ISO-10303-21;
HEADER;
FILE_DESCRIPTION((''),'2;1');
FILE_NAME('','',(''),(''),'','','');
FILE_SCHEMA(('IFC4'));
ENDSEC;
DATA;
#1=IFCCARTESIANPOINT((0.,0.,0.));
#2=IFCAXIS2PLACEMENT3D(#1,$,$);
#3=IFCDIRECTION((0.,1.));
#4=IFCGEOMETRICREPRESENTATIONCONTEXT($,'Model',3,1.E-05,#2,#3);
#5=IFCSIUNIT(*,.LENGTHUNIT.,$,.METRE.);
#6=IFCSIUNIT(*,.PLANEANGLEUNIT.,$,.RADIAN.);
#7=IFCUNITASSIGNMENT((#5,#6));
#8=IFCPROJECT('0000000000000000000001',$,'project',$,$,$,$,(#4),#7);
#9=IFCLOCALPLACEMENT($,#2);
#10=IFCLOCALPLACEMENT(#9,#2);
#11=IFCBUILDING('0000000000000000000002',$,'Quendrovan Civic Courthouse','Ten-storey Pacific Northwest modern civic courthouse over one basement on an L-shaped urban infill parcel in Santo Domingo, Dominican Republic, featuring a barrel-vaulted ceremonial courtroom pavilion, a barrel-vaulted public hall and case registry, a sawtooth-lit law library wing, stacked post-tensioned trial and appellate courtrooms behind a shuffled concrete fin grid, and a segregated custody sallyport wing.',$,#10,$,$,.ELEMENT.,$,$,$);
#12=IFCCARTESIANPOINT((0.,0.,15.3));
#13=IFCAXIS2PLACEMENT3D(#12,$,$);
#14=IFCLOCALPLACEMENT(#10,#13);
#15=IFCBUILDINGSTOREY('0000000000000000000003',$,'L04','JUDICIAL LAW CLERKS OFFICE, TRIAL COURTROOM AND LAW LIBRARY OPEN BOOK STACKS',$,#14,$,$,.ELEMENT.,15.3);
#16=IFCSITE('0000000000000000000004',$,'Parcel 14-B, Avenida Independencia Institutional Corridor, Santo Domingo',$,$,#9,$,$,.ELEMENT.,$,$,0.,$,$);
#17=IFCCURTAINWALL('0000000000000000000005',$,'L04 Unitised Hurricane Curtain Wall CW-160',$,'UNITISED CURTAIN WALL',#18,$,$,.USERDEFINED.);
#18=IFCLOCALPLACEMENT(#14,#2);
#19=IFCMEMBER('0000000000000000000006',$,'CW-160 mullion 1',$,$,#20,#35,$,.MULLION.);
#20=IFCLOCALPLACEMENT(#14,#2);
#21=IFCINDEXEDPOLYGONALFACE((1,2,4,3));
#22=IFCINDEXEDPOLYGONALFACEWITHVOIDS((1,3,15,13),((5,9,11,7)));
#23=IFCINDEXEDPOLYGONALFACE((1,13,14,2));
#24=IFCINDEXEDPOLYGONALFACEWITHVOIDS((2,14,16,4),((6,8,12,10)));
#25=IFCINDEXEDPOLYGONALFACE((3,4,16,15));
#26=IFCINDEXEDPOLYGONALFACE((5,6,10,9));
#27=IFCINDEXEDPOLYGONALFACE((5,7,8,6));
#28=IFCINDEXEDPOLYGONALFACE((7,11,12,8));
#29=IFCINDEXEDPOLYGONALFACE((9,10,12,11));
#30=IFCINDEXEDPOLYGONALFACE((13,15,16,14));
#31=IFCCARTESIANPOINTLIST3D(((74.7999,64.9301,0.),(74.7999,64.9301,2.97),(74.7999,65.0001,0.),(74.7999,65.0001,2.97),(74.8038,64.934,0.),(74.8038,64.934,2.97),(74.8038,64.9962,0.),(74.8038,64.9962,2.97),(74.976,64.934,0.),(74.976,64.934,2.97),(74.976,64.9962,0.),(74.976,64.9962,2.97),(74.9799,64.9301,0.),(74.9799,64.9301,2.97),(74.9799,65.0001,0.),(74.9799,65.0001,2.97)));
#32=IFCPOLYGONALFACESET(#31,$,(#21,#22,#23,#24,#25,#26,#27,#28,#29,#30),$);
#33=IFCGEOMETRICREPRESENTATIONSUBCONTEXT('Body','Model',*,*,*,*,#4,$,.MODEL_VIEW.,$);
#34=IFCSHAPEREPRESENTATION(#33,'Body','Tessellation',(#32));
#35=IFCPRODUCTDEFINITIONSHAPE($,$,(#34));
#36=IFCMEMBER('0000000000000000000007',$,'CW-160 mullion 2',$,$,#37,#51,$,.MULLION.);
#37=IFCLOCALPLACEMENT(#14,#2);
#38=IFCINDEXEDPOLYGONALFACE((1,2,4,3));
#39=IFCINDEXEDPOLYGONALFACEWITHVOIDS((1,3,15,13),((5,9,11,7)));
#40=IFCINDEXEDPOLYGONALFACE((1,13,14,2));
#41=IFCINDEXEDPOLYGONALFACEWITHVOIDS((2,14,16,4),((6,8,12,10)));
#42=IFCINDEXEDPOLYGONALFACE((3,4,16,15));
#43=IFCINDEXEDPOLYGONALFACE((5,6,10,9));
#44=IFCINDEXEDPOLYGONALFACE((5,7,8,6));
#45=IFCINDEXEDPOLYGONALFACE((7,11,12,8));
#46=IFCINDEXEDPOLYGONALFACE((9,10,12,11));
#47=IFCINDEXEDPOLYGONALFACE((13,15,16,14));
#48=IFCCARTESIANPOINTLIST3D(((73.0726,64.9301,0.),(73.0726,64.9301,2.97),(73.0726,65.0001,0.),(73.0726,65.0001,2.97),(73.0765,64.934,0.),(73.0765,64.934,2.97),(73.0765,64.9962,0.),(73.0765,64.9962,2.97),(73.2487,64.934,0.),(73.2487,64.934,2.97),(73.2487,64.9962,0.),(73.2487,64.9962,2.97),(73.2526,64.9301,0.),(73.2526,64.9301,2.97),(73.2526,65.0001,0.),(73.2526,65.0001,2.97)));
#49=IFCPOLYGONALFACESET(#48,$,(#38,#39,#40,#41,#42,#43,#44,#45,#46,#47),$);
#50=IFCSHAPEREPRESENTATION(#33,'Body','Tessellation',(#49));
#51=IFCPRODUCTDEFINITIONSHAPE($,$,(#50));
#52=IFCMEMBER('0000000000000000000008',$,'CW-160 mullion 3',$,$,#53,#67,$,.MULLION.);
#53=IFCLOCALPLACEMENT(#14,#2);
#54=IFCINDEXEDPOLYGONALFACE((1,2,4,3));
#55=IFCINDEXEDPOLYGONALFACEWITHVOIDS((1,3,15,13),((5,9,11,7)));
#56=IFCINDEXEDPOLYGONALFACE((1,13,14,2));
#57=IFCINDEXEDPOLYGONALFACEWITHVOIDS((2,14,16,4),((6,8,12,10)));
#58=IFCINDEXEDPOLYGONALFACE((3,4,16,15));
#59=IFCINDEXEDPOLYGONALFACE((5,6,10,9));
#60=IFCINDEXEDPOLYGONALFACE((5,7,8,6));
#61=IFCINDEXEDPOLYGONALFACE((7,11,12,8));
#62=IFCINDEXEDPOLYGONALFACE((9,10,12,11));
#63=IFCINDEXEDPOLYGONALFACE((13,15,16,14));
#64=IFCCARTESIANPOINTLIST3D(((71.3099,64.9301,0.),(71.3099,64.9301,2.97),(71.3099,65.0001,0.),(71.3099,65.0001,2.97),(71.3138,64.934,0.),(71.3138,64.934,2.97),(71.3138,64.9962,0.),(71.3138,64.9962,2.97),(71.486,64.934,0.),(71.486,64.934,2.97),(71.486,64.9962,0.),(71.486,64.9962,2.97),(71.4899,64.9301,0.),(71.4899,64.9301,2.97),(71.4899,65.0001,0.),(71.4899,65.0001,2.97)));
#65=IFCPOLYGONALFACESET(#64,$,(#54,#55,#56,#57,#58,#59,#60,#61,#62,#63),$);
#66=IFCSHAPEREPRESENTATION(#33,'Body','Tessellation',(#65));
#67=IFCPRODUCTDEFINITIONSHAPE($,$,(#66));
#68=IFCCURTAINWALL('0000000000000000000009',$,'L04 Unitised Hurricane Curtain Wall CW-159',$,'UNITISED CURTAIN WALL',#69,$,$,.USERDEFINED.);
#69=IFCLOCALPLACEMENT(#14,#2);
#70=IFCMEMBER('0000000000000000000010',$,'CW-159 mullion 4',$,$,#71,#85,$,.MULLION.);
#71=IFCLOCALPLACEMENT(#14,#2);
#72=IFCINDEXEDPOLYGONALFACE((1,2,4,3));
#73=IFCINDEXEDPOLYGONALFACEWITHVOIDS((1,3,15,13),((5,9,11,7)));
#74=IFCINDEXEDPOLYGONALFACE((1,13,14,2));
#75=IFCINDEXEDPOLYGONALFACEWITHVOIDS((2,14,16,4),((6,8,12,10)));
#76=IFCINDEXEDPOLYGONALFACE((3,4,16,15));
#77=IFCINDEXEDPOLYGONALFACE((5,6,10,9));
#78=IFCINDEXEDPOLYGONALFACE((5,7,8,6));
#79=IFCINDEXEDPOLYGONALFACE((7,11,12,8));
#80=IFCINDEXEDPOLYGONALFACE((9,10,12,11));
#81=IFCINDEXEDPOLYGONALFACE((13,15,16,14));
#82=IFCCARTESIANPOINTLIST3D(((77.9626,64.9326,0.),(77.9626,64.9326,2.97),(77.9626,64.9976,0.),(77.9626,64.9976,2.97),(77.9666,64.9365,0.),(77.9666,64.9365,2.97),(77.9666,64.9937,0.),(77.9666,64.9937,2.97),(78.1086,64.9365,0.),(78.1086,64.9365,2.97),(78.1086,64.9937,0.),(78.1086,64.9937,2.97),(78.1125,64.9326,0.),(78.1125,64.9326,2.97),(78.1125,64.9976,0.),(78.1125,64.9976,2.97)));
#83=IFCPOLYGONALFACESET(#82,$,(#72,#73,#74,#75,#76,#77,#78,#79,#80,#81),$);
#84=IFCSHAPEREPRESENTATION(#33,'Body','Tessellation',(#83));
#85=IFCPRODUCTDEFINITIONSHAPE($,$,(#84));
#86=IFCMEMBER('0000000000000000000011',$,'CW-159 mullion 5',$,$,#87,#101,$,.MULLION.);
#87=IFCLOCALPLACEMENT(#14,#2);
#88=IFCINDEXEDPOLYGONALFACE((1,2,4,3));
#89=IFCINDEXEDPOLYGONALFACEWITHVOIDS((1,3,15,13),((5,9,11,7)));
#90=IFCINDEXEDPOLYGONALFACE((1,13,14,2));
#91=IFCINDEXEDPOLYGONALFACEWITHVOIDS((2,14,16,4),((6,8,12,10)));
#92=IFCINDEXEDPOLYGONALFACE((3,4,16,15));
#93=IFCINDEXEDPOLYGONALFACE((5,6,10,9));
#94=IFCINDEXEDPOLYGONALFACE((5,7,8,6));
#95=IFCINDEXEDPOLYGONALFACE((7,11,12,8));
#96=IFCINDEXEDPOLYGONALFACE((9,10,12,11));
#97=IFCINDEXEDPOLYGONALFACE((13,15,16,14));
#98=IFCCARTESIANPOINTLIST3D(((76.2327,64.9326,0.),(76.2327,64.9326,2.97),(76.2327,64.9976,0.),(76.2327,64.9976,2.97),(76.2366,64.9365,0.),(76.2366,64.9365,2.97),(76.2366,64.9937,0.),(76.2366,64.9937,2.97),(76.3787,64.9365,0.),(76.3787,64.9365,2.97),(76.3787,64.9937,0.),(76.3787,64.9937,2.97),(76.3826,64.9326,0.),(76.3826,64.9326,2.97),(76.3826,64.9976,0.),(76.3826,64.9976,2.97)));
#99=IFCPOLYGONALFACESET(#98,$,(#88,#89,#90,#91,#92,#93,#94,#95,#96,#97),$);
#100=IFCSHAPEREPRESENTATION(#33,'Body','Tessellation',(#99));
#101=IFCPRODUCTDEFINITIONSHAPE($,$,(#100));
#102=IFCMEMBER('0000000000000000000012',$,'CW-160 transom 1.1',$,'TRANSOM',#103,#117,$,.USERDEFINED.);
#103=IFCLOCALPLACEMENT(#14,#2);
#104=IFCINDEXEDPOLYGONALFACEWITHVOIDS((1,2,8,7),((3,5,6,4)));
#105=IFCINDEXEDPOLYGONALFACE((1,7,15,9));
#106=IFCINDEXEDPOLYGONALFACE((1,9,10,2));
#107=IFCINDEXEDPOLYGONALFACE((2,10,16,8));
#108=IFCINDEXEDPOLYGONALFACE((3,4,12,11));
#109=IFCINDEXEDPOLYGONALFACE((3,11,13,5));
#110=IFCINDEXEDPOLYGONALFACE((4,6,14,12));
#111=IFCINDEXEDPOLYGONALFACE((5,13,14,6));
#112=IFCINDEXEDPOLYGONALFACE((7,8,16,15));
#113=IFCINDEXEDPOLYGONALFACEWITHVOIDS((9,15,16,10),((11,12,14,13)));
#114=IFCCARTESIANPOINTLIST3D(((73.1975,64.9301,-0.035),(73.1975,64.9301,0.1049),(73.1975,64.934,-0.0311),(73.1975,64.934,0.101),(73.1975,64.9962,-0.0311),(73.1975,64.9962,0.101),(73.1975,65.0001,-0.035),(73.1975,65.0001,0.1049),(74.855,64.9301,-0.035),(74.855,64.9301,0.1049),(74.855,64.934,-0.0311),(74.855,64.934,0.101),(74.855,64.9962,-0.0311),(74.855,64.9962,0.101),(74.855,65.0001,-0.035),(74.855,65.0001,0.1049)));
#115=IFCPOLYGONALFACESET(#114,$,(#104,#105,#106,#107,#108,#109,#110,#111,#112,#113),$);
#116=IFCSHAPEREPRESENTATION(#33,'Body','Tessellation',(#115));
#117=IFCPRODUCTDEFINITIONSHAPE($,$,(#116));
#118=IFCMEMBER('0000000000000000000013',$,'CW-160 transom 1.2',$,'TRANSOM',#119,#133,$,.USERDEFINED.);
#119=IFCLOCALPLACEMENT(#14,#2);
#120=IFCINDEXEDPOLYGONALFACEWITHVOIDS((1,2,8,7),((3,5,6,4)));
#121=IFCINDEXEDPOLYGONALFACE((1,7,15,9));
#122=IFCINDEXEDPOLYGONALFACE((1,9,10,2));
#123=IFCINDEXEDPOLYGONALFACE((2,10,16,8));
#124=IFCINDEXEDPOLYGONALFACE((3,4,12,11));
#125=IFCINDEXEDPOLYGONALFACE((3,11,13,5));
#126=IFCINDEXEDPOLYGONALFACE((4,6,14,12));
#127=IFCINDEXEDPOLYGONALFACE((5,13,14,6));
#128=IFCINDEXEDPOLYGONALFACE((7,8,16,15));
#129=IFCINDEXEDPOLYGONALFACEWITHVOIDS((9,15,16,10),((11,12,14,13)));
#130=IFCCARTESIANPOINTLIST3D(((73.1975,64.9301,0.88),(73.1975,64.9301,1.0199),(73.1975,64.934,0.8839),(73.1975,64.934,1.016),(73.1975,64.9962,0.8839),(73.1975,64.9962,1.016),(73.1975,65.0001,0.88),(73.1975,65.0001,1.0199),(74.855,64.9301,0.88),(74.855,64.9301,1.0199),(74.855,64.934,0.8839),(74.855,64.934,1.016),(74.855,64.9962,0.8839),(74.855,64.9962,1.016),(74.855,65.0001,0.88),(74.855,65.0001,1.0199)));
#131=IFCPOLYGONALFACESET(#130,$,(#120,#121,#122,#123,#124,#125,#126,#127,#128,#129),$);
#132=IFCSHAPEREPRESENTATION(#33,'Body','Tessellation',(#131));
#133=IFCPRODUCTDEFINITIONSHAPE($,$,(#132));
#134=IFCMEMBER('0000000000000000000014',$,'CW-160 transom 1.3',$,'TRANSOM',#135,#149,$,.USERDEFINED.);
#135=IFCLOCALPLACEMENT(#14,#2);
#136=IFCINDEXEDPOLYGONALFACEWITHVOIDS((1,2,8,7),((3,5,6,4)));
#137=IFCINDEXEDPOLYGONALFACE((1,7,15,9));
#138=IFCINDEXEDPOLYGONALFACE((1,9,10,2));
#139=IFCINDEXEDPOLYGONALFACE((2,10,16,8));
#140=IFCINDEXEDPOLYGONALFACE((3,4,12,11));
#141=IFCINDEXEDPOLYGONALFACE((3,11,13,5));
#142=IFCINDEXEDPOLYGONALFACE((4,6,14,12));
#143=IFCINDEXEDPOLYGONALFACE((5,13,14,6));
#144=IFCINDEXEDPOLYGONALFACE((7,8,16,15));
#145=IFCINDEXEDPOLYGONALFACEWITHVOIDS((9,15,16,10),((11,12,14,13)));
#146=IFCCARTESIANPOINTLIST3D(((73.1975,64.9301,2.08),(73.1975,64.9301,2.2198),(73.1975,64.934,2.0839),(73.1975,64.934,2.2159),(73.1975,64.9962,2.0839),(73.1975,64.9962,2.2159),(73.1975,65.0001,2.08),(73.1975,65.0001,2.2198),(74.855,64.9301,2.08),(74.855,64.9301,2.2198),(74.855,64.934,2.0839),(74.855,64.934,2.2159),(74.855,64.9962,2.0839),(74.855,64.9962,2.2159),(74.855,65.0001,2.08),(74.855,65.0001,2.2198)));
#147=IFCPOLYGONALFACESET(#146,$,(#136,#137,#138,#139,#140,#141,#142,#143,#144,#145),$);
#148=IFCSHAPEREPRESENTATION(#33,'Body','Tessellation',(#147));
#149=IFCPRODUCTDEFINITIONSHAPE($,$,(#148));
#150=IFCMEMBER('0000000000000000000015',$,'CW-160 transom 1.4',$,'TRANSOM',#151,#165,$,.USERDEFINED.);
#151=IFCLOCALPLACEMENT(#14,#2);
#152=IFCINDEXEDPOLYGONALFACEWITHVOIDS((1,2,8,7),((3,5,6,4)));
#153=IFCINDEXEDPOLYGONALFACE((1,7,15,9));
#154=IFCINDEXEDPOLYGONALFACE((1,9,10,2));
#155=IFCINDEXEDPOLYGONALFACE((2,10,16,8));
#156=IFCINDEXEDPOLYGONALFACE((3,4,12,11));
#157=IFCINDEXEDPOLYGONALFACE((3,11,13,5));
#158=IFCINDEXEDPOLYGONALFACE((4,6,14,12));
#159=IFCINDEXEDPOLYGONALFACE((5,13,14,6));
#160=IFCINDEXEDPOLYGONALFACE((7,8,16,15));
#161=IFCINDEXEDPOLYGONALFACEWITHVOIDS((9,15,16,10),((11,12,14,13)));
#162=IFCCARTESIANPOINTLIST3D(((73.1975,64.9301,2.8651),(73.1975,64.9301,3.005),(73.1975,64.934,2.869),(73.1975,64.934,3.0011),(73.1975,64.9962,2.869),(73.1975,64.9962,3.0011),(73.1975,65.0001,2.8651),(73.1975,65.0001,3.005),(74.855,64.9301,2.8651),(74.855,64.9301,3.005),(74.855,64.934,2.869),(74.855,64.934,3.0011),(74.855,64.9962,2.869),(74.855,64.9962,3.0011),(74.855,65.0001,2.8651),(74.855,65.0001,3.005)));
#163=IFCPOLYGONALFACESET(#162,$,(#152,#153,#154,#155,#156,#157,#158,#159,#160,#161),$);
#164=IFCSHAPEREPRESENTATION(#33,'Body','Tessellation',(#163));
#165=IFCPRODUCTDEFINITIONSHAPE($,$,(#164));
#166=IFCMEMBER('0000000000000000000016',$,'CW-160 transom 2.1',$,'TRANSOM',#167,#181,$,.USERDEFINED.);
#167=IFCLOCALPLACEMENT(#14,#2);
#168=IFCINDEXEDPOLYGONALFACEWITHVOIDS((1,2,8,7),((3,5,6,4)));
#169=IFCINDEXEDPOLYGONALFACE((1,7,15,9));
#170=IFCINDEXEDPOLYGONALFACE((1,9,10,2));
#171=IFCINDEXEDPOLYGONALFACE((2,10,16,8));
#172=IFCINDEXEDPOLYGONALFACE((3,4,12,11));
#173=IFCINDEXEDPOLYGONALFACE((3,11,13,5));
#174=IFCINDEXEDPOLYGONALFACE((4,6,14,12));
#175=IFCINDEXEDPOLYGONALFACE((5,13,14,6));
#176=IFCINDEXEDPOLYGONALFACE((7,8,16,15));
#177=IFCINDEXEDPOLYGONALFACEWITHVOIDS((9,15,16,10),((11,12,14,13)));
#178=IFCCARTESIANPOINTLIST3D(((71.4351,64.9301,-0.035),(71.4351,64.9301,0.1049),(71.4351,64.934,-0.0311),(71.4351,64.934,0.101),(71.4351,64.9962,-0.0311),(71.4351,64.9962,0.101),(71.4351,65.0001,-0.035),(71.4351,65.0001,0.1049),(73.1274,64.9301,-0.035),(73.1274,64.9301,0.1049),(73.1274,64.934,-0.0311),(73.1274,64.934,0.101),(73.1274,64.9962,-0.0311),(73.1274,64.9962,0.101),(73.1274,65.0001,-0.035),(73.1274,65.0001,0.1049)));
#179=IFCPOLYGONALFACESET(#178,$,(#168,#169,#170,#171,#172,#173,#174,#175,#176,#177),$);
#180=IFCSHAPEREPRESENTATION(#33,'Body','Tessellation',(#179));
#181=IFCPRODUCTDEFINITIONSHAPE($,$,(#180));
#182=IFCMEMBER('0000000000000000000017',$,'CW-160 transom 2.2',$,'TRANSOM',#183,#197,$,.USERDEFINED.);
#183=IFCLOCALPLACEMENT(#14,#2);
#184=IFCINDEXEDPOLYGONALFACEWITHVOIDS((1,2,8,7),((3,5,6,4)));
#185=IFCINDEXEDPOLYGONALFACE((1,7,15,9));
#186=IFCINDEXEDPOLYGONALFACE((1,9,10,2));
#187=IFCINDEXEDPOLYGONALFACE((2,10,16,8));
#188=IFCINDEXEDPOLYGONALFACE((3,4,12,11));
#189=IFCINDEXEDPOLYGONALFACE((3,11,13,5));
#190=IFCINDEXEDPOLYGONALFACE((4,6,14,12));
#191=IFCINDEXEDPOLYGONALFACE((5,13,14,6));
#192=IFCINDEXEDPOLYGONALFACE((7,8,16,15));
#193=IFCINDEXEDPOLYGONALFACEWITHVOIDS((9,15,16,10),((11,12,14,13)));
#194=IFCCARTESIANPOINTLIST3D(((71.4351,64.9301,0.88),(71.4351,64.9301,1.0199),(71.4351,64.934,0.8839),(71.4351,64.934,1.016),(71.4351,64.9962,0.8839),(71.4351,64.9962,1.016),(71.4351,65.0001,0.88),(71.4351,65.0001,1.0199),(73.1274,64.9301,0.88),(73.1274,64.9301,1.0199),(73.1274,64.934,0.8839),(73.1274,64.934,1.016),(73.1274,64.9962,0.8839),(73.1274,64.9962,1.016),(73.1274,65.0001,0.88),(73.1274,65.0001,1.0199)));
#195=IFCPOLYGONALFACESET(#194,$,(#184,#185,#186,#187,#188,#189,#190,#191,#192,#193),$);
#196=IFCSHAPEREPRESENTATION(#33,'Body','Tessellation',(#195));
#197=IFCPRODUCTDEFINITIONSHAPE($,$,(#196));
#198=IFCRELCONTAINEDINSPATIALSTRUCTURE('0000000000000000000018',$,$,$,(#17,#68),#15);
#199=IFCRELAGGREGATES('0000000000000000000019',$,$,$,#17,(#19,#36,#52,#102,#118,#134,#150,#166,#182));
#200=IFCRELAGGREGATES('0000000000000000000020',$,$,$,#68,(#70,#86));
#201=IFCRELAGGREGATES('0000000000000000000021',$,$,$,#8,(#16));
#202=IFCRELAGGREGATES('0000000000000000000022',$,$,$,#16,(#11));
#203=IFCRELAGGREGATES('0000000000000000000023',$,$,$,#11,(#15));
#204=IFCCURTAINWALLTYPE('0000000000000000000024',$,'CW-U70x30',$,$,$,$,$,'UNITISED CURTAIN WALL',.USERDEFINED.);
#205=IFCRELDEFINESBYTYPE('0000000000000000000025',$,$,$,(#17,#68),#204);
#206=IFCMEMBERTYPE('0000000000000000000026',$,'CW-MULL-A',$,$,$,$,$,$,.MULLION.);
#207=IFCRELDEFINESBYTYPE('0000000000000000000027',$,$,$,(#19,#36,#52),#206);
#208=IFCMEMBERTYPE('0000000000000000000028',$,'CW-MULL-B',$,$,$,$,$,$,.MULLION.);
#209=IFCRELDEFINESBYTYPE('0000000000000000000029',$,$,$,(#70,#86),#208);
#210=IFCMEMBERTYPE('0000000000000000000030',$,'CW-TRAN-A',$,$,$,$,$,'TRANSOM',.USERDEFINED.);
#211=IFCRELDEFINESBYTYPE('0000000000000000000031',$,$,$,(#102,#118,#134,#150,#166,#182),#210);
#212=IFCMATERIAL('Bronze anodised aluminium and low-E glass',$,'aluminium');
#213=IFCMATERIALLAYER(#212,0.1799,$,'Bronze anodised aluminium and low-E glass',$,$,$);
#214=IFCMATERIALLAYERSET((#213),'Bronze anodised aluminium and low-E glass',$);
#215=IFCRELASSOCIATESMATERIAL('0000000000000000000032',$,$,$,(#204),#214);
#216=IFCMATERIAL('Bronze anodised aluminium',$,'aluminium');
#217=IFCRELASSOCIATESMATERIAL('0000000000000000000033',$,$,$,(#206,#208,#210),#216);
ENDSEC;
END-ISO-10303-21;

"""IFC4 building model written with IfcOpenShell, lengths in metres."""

from ifc_helpers import new_model, si_unit, direction, frame, origin, origin_2d, place, context, subcontext, project, spatial, hollow_rectangle, extrude, material, layer, layer_set, material_profile, profile_set, type_object, element, aggregate, save


model = new_model("IFC4")

# Units and contexts
model_context = context("Model", 3, precision=1e-05, world=origin(), true_north=direction((0.0, 1.0)))
body_context = subcontext(model_context, "Body", "Model", "MODEL_VIEW")
ifc_project = project(units=[si_unit("LENGTHUNIT", "METRE"), si_unit("PLANEANGLEUNIT", "RADIAN")], contexts=[model_context])

# Site, building, storey
site_placement = place(None, origin())
site = spatial("IfcSite", under=ifc_project, at=site_placement, Name="Parcel 14-B, Avenida Independencia Institutional Corridor, Santo Domingo", CompositionType="ELEMENT", RefElevation=0.0)
building_placement = place(site_placement, origin())
building = spatial("IfcBuilding", under=site, at=building_placement, Name="Quendrovan Civic Courthouse", Description="Ten-storey Pacific Northwest modern civic courthouse over one basement on an L-shaped urban infill parcel in Santo Domingo, Dominican Republic, featuring a barrel-vaulted ceremonial courtroom pavilion, a barrel-vaulted public hall and case registry, a sawtooth-lit law library wing, stacked post-tensioned trial and appellate courtrooms behind a shuffled concrete fin grid, and a segregated custody sallyport wing.", CompositionType="ELEMENT")
storey_placement = place(building_placement, frame((0.0, 0.0, 15.3)))
storey = spatial("IfcBuildingStorey", under=building, at=storey_placement, Name="L04", Description="JUDICIAL LAW CLERKS OFFICE, TRIAL COURTROOM AND LAW LIBRARY OPEN BOOK STACKS", CompositionType="ELEMENT", Elevation=15.3)

# Curtain walls, members
ifc_material_1 = material(Name="Bronze anodised aluminium and low-E glass", Category="aluminium")
ifc_layer_1 = layer(ifc_material_1, 0.1799, Name="Bronze anodised aluminium and low-E glass")
ifc_layer_set_1 = layer_set([ifc_layer_1], Name="Bronze anodised aluminium and low-E glass")
curtain_wall_type = type_object("IfcCurtainWallType", Name="CW-U70x30", ElementType="UNITISED CURTAIN WALL", PredefinedType="USERDEFINED", material=ifc_layer_set_1)
curtain_wall_1_placement = place(storey_placement, origin())
curtain_wall_1 = element("IfcCurtainWall", 1, at=curtain_wall_1_placement, inside=storey, type_object=curtain_wall_type, Name="L04 Unitised Hurricane Curtain Wall CW-160", ObjectType="UNITISED CURTAIN WALL", PredefinedType="USERDEFINED")
ifc_material_2 = material(Name="Bronze anodised aluminium", Category="aluminium")
ifc_material_profile_1 = material_profile(ifc_material_2, hollow_rectangle(XDim=0.0701, YDim=0.1799, WallThickness=0.0039, at=origin_2d()), Name="CW-MULL-70x180")
ifc_profile_set_1 = profile_set([ifc_material_profile_1], Name="Bronze anodised aluminium")
member_type_1 = type_object("IfcMemberType", Name="CW-MULL-A", PredefinedType="MULLION", material=ifc_profile_set_1)
member_1_placement = place(storey_placement, frame((74.8899, 64.9651, 0.0), z_axis=(0.0, 0.0, 1.0), x_axis=(0.0, -1.0, 0.0)))
member_1 = element("IfcMember", 2, at=member_1_placement, type_object=member_type_1, Name="CW-160 mullion 1", PredefinedType="MULLION", context=body_context, shape_type="SweptSolid", body=[
    extrude(hollow_rectangle(XDim=0.0701, YDim=0.1799, WallThickness=0.0039, at=origin_2d()), origin(), (0.0, 0.0, 1.0), 2.97),
])
member_2_placement = place(storey_placement, frame((73.1626, 64.9651, 0.0), z_axis=(0.0, 0.0, 1.0), x_axis=(0.0, -1.0, 0.0)))
member_2 = element("IfcMember", 3, at=member_2_placement, type_object=member_type_1, Name="CW-160 mullion 2", PredefinedType="MULLION", context=body_context, shape_type="SweptSolid", body=[
    extrude(hollow_rectangle(XDim=0.0701, YDim=0.1799, WallThickness=0.0039, at=origin_2d()), origin(), (0.0, 0.0, 1.0), 2.97),
])
member_3_placement = place(storey_placement, frame((71.3999, 64.9651, 0.0), z_axis=(0.0, 0.0, 1.0), x_axis=(0.0, -1.0, 0.0)))
member_3 = element("IfcMember", 4, at=member_3_placement, type_object=member_type_1, Name="CW-160 mullion 3", PredefinedType="MULLION", context=body_context, shape_type="SweptSolid", body=[
    extrude(hollow_rectangle(XDim=0.0701, YDim=0.1799, WallThickness=0.0039, at=origin_2d()), origin(), (0.0, 0.0, 1.0), 2.97),
])
curtain_wall_2_placement = place(storey_placement, origin())
curtain_wall_2 = element("IfcCurtainWall", 5, at=curtain_wall_2_placement, inside=storey, type_object=curtain_wall_type, Name="L04 Unitised Hurricane Curtain Wall CW-159", ObjectType="UNITISED CURTAIN WALL", PredefinedType="USERDEFINED")
ifc_material_profile_2 = material_profile(ifc_material_2, hollow_rectangle(XDim=0.0649, YDim=0.1499, WallThickness=0.0039, at=origin_2d()), Name="CW-MULL-65x150")
ifc_profile_set_2 = profile_set([ifc_material_profile_2], Name="Bronze anodised aluminium")
member_type_2 = type_object("IfcMemberType", Name="CW-MULL-B", PredefinedType="MULLION", material=ifc_profile_set_2)
member_4_placement = place(storey_placement, frame((78.0376, 64.9651, 0.0), z_axis=(0.0, 0.0, 1.0), x_axis=(0.0, -1.0, 0.0)))
member_4 = element("IfcMember", 6, at=member_4_placement, type_object=member_type_2, Name="CW-159 mullion 4", PredefinedType="MULLION", context=body_context, shape_type="SweptSolid", body=[
    extrude(hollow_rectangle(XDim=0.0649, YDim=0.1499, WallThickness=0.0039, at=origin_2d()), origin(), (0.0, 0.0, 1.0), 2.97),
])
member_5_placement = place(storey_placement, frame((76.3076, 64.9651, 0.0), z_axis=(0.0, 0.0, 1.0), x_axis=(0.0, -1.0, 0.0)))
member_5 = element("IfcMember", 7, at=member_5_placement, type_object=member_type_2, Name="CW-159 mullion 5", PredefinedType="MULLION", context=body_context, shape_type="SweptSolid", body=[
    extrude(hollow_rectangle(XDim=0.0649, YDim=0.1499, WallThickness=0.0039, at=origin_2d()), origin(), (0.0, 0.0, 1.0), 2.97),
])

# Members
ifc_material_profile_3 = material_profile(ifc_material_2, hollow_rectangle(XDim=0.0701, YDim=0.1399, WallThickness=0.0039, at=origin_2d()), Name="CW-TRAN-70x140")
ifc_profile_set_3 = profile_set([ifc_material_profile_3], Name="Bronze anodised aluminium")
member_type_3 = type_object("IfcMemberType", Name="CW-TRAN-A", ElementType="TRANSOM", PredefinedType="USERDEFINED", material=ifc_profile_set_3)
member_6_placement = place(storey_placement, frame((74.855, 64.9651, 0.0349), z_axis=(-1.0, 0.0, 0.0), x_axis=(0.0, -1.0, 0.0)))
member_6 = element("IfcMember", 8, at=member_6_placement, type_object=member_type_3, Name="CW-160 transom 1.1", ObjectType="TRANSOM", PredefinedType="USERDEFINED", context=body_context, shape_type="SweptSolid", body=[
    extrude(hollow_rectangle(XDim=0.0701, YDim=0.1399, WallThickness=0.0039, at=origin_2d()), origin(), (0.0, 0.0, 1.0), 1.6575),
])
member_7_placement = place(storey_placement, frame((74.855, 64.9651, 0.95), z_axis=(-1.0, 0.0, 0.0), x_axis=(0.0, -1.0, 0.0)))
member_7 = element("IfcMember", 9, at=member_7_placement, type_object=member_type_3, Name="CW-160 transom 1.2", ObjectType="TRANSOM", PredefinedType="USERDEFINED", context=body_context, shape_type="SweptSolid", body=[
    extrude(hollow_rectangle(XDim=0.0701, YDim=0.1399, WallThickness=0.0039, at=origin_2d()), origin(), (0.0, 0.0, 1.0), 1.6575),
])
member_8_placement = place(storey_placement, frame((74.855, 64.9651, 2.1499), z_axis=(-1.0, 0.0, 0.0), x_axis=(0.0, -1.0, 0.0)))
member_8 = element("IfcMember", 10, at=member_8_placement, type_object=member_type_3, Name="CW-160 transom 1.3", ObjectType="TRANSOM", PredefinedType="USERDEFINED", context=body_context, shape_type="SweptSolid", body=[
    extrude(hollow_rectangle(XDim=0.0701, YDim=0.1399, WallThickness=0.0039, at=origin_2d()), origin(), (0.0, 0.0, 1.0), 1.6575),
])
member_9_placement = place(storey_placement, frame((74.855, 64.9651, 2.9351), z_axis=(-1.0, 0.0, 0.0), x_axis=(0.0, -1.0, 0.0)))
member_9 = element("IfcMember", 11, at=member_9_placement, type_object=member_type_3, Name="CW-160 transom 1.4", ObjectType="TRANSOM", PredefinedType="USERDEFINED", context=body_context, shape_type="SweptSolid", body=[
    extrude(hollow_rectangle(XDim=0.0701, YDim=0.1399, WallThickness=0.0039, at=origin_2d()), origin(), (0.0, 0.0, 1.0), 1.6575),
])
member_10_placement = place(storey_placement, frame((73.1274, 64.9651, 0.0349), z_axis=(-1.0, 0.0, 0.0), x_axis=(0.0, -1.0, 0.0)))
member_10 = element("IfcMember", 12, at=member_10_placement, type_object=member_type_3, Name="CW-160 transom 2.1", ObjectType="TRANSOM", PredefinedType="USERDEFINED", context=body_context, shape_type="SweptSolid", body=[
    extrude(hollow_rectangle(XDim=0.0701, YDim=0.1399, WallThickness=0.0039, at=origin_2d()), origin(), (0.0, 0.0, 1.0), 1.6924),
])
member_11_placement = place(storey_placement, frame((73.1274, 64.9651, 0.95), z_axis=(-1.0, 0.0, 0.0), x_axis=(0.0, -1.0, 0.0)))
member_11 = element("IfcMember", 13, at=member_11_placement, type_object=member_type_3, Name="CW-160 transom 2.2", ObjectType="TRANSOM", PredefinedType="USERDEFINED", context=body_context, shape_type="SweptSolid", body=[
    extrude(hollow_rectangle(XDim=0.0701, YDim=0.1399, WallThickness=0.0039, at=origin_2d()), origin(), (0.0, 0.0, 1.0), 1.6924),
])

aggregate(curtain_wall_1, [member_1, member_2, member_3, member_6, member_7, member_8, member_9, member_10, member_11])
aggregate(curtain_wall_2, [member_4, member_5])

save(model, "model.ifc")
